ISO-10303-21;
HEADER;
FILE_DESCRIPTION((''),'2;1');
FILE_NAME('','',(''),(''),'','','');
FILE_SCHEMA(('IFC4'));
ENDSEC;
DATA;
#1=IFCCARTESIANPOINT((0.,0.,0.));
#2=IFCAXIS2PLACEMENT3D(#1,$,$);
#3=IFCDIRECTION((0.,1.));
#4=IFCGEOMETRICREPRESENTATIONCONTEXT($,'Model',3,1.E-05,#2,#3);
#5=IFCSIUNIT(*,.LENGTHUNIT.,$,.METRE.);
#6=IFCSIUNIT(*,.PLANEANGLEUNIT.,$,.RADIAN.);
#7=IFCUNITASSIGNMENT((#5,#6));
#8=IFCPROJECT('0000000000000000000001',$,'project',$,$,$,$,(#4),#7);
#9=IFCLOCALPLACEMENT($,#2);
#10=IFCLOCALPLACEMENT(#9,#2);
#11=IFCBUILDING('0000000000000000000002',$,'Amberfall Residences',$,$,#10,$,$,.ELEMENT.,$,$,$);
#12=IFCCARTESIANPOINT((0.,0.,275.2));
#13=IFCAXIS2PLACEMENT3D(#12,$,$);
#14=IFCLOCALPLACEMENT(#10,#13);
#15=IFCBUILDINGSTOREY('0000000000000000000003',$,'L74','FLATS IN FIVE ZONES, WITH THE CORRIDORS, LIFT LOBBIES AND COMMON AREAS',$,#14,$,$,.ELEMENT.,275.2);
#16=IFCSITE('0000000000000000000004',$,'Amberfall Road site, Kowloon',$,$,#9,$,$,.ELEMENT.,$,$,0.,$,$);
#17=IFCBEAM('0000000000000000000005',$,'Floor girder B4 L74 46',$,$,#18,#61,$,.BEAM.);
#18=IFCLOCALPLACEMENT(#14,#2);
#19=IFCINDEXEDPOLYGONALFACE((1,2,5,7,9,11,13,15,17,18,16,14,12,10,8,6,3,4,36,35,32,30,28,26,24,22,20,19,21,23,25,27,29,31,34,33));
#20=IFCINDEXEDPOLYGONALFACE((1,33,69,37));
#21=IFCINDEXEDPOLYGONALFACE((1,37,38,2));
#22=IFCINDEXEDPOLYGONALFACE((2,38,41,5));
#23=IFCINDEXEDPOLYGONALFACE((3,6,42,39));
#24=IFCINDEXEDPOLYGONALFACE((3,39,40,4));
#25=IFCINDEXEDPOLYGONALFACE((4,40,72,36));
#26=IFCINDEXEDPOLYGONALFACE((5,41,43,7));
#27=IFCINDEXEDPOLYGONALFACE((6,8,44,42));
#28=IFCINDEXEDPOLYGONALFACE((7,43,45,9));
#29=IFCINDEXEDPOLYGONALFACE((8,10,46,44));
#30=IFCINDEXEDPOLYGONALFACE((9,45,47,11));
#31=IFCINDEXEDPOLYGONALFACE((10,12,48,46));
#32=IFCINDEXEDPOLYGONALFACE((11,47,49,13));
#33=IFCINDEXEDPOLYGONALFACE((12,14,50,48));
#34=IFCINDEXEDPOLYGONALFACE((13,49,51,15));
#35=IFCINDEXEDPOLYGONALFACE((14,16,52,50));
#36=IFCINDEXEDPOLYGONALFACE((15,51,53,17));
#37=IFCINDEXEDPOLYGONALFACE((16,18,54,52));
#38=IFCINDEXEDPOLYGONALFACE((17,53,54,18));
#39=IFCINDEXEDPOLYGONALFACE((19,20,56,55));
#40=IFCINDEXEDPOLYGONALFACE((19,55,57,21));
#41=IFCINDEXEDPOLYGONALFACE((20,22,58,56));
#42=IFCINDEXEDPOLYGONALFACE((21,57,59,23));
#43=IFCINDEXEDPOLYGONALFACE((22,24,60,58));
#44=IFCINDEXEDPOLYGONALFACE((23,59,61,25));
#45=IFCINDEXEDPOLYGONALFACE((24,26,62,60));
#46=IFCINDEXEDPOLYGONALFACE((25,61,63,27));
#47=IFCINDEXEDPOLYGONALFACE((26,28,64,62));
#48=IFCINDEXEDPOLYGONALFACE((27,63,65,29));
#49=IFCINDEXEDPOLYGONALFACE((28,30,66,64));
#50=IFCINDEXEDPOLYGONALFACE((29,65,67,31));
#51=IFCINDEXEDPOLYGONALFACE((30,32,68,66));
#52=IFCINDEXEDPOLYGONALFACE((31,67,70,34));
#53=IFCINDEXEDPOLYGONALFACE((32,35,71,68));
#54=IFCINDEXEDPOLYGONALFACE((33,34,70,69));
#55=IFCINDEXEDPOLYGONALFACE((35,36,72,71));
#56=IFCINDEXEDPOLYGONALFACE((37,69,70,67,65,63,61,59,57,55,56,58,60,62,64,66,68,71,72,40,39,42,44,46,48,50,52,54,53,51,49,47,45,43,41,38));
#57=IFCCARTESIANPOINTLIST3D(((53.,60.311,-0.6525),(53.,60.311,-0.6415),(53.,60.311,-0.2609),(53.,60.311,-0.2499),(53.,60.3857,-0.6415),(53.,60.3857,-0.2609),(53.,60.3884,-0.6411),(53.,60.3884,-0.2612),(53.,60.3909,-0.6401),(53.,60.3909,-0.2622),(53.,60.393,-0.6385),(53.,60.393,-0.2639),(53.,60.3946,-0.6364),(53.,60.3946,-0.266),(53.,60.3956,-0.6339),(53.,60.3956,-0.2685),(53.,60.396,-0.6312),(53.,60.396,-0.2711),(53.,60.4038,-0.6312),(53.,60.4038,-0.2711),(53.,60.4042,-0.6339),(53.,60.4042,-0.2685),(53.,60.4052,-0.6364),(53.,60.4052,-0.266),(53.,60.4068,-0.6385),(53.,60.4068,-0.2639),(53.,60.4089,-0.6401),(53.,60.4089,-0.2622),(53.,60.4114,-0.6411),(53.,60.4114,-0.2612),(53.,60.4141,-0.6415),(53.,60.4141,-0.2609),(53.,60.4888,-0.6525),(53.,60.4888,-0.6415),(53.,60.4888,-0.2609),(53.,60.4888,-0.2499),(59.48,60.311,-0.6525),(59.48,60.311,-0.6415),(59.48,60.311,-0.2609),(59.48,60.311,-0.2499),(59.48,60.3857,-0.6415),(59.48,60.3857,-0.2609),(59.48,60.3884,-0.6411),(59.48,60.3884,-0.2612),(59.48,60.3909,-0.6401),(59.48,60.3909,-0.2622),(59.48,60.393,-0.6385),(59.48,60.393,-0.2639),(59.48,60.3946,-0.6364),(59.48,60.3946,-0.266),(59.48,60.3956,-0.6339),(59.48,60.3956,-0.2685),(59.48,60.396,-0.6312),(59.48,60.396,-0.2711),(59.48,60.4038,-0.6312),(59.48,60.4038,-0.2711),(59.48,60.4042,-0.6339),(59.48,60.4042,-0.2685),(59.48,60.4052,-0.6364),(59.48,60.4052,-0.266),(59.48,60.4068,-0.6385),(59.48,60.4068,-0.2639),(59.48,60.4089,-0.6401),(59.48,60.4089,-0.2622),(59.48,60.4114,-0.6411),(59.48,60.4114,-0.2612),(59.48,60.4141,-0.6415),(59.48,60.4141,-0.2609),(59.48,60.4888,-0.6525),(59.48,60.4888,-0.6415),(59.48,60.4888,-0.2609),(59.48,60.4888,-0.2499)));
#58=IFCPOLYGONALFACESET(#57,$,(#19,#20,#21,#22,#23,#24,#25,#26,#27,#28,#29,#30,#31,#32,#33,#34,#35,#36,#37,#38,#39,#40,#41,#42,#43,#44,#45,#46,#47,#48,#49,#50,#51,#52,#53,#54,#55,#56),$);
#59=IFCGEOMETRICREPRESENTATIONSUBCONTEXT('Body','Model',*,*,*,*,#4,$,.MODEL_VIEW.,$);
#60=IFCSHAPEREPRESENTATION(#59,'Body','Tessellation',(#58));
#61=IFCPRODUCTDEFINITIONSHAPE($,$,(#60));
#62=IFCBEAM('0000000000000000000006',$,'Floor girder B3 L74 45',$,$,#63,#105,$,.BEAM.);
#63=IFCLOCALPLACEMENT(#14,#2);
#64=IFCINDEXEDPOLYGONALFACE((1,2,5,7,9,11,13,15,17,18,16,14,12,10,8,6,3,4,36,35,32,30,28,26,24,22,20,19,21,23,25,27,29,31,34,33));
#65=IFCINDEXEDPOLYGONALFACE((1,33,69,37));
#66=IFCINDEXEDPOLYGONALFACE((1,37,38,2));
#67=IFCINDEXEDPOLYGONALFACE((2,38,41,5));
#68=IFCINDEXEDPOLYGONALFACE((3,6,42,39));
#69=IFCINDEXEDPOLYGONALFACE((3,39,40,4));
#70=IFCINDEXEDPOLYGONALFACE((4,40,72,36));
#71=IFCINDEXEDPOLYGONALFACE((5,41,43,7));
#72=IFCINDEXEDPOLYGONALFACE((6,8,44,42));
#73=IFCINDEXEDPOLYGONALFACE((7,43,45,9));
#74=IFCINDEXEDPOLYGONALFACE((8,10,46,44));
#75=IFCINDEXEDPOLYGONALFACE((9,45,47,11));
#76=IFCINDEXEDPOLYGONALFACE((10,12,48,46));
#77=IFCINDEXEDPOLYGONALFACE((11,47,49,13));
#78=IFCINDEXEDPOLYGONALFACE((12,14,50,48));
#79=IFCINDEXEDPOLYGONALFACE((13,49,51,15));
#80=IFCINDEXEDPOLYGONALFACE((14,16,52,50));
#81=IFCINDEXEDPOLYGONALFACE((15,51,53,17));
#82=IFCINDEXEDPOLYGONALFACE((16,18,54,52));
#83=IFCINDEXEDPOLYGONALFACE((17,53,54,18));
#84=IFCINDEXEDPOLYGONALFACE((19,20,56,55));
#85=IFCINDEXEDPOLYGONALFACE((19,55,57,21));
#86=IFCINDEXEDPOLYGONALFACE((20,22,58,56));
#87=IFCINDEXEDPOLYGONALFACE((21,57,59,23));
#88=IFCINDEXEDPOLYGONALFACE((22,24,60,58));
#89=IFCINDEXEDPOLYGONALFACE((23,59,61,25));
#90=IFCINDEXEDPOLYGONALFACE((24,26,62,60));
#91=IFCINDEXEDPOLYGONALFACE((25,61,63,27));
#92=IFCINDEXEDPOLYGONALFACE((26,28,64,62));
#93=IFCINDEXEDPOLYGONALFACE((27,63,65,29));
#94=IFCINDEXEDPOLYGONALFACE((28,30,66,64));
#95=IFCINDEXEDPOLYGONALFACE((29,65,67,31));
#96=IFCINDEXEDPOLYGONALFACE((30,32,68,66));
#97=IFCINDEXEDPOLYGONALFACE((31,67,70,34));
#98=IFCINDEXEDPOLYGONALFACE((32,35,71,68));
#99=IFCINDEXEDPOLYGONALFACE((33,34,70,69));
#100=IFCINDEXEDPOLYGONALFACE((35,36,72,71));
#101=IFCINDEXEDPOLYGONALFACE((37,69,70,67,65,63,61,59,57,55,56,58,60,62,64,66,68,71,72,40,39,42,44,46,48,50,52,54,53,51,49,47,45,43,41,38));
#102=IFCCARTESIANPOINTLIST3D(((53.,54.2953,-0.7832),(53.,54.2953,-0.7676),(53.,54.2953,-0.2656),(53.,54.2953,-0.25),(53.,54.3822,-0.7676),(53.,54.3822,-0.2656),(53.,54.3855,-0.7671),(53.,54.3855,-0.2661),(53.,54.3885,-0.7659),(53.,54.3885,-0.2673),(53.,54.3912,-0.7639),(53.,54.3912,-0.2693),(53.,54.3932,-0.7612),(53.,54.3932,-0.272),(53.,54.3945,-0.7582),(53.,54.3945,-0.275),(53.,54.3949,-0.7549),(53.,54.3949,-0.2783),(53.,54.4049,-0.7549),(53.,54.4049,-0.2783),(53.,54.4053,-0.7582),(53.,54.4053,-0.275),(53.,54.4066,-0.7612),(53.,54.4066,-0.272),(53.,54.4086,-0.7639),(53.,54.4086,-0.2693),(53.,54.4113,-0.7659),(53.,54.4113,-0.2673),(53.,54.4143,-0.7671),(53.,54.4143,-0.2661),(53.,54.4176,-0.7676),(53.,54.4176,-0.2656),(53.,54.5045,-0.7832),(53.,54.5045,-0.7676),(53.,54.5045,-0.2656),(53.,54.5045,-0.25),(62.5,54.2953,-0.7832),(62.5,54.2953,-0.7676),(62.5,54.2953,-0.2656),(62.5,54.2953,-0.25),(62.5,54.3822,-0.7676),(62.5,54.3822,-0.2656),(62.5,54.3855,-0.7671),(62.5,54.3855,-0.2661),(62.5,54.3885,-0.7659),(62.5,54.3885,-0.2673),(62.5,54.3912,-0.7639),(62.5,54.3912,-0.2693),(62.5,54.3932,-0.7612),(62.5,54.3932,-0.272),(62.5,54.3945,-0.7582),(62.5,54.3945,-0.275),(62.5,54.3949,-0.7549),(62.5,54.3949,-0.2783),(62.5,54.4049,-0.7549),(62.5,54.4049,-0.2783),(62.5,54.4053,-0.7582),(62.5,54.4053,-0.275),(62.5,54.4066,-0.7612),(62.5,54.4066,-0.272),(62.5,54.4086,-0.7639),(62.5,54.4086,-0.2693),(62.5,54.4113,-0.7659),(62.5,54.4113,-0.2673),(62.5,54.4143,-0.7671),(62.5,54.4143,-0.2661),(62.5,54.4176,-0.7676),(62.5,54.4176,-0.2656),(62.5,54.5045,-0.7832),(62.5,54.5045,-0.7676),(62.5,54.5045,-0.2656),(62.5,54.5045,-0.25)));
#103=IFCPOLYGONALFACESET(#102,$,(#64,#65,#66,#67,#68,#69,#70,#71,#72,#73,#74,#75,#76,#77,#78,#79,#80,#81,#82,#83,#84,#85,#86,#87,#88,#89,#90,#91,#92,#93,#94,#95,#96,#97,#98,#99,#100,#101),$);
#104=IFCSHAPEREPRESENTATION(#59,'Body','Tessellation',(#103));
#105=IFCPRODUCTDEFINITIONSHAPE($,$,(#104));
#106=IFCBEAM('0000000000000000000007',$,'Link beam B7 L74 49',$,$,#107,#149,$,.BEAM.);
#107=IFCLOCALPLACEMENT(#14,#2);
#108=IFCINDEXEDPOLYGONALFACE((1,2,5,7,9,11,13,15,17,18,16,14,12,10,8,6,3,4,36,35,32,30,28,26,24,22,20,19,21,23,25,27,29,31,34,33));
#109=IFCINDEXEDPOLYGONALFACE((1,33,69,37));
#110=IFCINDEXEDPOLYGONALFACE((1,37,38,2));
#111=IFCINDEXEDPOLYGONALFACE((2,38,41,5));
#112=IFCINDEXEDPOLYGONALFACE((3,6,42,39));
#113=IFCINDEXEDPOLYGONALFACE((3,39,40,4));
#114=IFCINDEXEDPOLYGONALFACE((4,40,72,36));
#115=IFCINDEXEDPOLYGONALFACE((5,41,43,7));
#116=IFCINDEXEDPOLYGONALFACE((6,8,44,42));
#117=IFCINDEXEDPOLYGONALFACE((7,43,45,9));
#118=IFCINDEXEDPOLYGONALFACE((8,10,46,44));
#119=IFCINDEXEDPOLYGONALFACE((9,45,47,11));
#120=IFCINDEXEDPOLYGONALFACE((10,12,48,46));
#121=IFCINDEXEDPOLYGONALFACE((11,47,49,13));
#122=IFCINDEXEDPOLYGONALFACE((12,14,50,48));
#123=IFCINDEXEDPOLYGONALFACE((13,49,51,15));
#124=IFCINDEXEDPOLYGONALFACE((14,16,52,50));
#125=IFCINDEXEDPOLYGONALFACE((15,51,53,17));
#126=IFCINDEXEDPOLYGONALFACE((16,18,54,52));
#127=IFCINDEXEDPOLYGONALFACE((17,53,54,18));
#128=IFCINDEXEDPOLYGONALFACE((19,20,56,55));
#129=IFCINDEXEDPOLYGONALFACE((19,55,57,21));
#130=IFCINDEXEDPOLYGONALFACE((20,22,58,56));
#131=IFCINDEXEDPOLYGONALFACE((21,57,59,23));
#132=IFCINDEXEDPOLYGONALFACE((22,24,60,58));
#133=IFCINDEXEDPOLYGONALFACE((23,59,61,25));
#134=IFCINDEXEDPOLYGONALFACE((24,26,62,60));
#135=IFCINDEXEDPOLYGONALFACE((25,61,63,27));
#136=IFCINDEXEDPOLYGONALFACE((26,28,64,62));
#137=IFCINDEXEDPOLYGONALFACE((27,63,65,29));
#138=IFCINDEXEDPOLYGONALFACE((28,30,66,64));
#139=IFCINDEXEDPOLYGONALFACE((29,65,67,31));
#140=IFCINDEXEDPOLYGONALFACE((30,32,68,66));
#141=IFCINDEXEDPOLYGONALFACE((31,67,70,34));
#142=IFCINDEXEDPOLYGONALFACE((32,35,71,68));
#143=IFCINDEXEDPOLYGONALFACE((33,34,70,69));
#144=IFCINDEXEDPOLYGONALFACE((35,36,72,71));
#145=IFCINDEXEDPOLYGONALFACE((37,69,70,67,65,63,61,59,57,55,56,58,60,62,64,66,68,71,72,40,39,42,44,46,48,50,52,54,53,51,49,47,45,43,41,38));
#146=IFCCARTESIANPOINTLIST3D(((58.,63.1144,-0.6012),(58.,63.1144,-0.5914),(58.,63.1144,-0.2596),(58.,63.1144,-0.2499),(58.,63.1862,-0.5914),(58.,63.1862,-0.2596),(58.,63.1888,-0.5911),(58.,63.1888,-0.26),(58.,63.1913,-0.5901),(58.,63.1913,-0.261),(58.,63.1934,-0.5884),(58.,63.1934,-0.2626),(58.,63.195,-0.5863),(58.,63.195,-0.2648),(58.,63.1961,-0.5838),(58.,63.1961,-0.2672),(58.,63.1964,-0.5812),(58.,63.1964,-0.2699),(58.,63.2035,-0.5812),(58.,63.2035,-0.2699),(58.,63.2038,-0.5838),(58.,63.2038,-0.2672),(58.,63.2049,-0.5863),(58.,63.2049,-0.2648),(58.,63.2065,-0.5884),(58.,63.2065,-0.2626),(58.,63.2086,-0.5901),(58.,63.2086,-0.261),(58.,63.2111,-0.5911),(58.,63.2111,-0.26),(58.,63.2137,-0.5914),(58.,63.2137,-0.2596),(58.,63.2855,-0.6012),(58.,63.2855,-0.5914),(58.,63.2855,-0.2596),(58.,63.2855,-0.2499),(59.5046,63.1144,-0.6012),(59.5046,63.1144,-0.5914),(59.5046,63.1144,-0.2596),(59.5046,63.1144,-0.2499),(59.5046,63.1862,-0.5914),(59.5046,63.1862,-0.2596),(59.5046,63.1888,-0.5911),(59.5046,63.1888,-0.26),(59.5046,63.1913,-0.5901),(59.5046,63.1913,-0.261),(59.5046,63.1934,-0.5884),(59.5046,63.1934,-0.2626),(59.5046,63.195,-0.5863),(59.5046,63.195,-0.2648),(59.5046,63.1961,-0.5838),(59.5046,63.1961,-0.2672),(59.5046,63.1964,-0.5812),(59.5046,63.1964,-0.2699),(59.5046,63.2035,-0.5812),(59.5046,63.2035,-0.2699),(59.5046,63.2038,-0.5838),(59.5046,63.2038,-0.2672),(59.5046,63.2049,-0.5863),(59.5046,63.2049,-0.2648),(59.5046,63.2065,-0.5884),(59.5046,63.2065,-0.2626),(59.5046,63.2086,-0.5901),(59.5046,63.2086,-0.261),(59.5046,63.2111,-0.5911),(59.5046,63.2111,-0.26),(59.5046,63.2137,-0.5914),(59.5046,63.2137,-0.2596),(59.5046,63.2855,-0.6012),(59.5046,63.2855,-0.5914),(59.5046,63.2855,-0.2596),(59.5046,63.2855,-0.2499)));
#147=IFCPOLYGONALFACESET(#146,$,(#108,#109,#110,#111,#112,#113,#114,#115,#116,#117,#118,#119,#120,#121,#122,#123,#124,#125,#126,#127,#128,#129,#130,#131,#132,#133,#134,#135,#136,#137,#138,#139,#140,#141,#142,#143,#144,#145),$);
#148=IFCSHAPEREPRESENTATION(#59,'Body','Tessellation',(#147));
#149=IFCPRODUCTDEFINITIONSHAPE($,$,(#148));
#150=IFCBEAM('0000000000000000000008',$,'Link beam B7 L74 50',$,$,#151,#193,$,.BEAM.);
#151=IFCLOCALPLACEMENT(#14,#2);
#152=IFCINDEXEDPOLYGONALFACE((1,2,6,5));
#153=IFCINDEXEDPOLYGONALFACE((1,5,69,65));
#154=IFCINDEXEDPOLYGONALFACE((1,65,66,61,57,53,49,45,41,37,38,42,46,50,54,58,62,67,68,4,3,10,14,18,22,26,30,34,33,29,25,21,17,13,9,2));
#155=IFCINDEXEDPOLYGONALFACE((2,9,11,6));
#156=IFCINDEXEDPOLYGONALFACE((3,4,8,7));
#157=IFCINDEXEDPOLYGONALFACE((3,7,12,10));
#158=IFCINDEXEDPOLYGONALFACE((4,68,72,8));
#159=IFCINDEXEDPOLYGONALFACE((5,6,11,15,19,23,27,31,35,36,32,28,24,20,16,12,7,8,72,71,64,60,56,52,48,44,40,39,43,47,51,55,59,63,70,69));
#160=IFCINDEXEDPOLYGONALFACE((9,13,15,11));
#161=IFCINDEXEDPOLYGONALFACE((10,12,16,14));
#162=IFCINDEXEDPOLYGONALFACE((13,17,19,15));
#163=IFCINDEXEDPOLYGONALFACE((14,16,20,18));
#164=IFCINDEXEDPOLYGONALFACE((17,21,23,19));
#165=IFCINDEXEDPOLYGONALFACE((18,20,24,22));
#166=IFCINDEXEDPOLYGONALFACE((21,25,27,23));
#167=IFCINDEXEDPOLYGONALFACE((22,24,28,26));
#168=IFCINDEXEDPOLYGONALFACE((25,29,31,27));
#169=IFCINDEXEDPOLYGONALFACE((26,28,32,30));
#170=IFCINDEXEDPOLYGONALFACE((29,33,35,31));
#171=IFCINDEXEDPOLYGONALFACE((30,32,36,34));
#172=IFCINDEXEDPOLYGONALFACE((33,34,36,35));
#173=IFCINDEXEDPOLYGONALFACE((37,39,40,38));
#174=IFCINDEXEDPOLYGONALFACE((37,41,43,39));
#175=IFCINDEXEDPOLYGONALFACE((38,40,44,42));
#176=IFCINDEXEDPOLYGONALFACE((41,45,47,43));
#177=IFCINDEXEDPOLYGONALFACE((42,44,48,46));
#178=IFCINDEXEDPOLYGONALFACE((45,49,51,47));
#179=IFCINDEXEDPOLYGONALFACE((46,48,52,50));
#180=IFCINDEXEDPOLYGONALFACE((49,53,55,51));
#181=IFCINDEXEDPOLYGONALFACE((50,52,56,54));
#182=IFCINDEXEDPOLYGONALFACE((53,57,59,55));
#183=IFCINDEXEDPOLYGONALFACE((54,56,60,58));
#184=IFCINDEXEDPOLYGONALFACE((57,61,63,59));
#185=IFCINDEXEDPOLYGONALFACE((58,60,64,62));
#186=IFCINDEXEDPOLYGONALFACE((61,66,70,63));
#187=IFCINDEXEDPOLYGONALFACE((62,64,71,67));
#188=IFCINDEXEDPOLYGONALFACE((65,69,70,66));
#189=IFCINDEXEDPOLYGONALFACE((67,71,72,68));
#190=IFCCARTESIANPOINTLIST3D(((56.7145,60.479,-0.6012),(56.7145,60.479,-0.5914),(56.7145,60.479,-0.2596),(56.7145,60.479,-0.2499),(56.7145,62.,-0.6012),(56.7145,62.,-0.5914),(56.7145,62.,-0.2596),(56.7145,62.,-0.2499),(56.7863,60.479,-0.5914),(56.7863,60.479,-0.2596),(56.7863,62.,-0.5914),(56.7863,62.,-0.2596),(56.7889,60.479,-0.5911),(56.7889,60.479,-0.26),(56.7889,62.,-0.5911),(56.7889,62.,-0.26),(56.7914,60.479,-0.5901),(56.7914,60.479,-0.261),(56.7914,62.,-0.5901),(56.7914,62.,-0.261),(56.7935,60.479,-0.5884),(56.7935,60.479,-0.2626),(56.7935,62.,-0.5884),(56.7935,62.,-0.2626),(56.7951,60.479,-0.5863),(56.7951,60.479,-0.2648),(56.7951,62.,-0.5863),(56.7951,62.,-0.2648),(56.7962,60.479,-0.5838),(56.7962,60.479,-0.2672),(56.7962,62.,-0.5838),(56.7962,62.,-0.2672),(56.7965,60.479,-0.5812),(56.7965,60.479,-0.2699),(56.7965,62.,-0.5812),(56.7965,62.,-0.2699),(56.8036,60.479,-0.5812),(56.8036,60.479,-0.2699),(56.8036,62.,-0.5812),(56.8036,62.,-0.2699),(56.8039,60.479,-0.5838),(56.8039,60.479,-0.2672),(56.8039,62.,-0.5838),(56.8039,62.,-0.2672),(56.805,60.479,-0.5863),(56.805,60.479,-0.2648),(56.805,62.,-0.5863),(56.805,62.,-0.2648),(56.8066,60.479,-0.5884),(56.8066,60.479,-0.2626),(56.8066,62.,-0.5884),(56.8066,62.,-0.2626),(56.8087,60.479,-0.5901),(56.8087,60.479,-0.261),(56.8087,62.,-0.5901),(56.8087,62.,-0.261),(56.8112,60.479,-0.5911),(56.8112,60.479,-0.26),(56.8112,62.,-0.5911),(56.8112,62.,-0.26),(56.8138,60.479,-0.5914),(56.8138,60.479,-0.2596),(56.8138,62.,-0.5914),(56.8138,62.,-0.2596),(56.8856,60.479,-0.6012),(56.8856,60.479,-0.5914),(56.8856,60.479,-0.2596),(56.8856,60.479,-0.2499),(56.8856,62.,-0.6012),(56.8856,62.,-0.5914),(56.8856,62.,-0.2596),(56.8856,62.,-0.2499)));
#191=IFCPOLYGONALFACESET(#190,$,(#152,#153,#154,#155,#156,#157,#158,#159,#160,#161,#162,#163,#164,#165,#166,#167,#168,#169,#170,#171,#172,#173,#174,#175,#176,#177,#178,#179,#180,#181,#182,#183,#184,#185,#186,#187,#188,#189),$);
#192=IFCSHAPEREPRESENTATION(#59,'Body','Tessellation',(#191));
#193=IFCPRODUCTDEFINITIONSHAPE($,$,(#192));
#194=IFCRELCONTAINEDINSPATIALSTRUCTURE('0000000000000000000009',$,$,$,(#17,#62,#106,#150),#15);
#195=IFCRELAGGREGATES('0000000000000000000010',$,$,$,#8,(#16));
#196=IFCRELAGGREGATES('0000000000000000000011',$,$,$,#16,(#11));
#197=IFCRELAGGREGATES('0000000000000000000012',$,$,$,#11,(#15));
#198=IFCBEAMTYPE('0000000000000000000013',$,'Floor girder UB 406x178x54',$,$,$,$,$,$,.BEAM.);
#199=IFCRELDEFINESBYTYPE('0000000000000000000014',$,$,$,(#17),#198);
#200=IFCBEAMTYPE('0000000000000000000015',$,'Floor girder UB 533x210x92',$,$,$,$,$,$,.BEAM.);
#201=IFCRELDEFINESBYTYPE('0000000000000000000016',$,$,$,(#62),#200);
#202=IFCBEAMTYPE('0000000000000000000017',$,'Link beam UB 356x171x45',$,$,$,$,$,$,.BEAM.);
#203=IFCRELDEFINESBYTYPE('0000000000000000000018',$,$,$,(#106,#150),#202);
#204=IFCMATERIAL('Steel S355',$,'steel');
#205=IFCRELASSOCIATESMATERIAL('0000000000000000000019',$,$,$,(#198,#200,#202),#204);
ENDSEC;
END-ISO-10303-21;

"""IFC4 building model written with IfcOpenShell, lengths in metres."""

from ifc_helpers import new_model, si_unit, direction, frame, origin, origin_2d, place, context, subcontext, project, spatial, i_section, extrude, material, material_profile, profile_set, type_object, element, save


model = new_model("IFC4")

# Units and contexts
model_context = context("Model", 3, precision=1e-05, world=origin(), true_north=direction((0.0, 1.0)))
body_context = subcontext(model_context, "Body", "Model", "MODEL_VIEW")
ifc_project = project(units=[si_unit("LENGTHUNIT", "METRE"), si_unit("PLANEANGLEUNIT", "RADIAN")], contexts=[model_context])

# Site, building, storey
site_placement = place(None, origin())
site = spatial("IfcSite", under=ifc_project, at=site_placement, Name="Amberfall Road site, Kowloon", CompositionType="ELEMENT", RefElevation=0.0)
building_placement = place(site_placement, origin())
building = spatial("IfcBuilding", under=site, at=building_placement, Name="Amberfall Residences", CompositionType="ELEMENT")
storey_placement = place(building_placement, frame((0.0, 0.0, 275.2)))
storey = spatial("IfcBuildingStorey", under=building, at=storey_placement, Name="L74", Description="FLATS IN FIVE ZONES, WITH THE CORRIDORS, LIFT LOBBIES AND COMMON AREAS", CompositionType="ELEMENT", Elevation=275.2)

# Shared definitions
ifc_material_1 = material(Name="Steel S355", Category="steel")

# Beams
ifc_material_profile_1 = material_profile(ifc_material_1, i_section(OverallWidth=0.1777, OverallDepth=0.4026, WebThickness=0.0078, FlangeThickness=0.011, FilletRadius=0.0103, at=origin_2d()), Name="UB 406x178x54")
ifc_profile_set_1 = profile_set([ifc_material_profile_1], Name="Steel S355")
beam_type_1 = type_object("IfcBeamType", Name="Floor girder UB 406x178x54", PredefinedType="BEAM", material=ifc_profile_set_1)
beam_1_placement = place(storey_placement, frame((53.0, 60.3999, -0.4512), z_axis=(1.0, 0.0, 0.0), x_axis=(0.0, 1.0, 0.0)))
element("IfcBeam", 1, at=beam_1_placement, inside=storey, type_object=beam_type_1, Name="Floor girder B4 L74 46", PredefinedType="BEAM", context=body_context, shape_type="SweptSolid", body=[
    extrude(i_section(OverallWidth=0.1777, OverallDepth=0.4026, WebThickness=0.0078, FlangeThickness=0.011, FilletRadius=0.0103, at=origin_2d()), origin(), (0.0, 0.0, 1.0), 6.48),
])
ifc_material_profile_2 = material_profile(ifc_material_1, i_section(OverallWidth=0.2092, OverallDepth=0.5332, WebThickness=0.01, FlangeThickness=0.0156, FilletRadius=0.0127, at=origin_2d()), Name="UB 533x210x92")
ifc_profile_set_2 = profile_set([ifc_material_profile_2], Name="Steel S355")
beam_type_2 = type_object("IfcBeamType", Name="Floor girder UB 533x210x92", PredefinedType="BEAM", material=ifc_profile_set_2)
beam_2_placement = place(storey_placement, frame((53.0, 54.3999, -0.5166), z_axis=(1.0, 0.0, 0.0), x_axis=(0.0, 1.0, 0.0)))
element("IfcBeam", 2, at=beam_2_placement, inside=storey, type_object=beam_type_2, Name="Floor girder B3 L74 45", PredefinedType="BEAM", context=body_context, shape_type="SweptSolid", body=[
    extrude(i_section(OverallWidth=0.2092, OverallDepth=0.5332, WebThickness=0.01, FlangeThickness=0.0156, FilletRadius=0.0127, at=origin_2d()), origin(), (0.0, 0.0, 1.0), 9.5),
])
ifc_material_profile_3 = material_profile(ifc_material_1, i_section(OverallWidth=0.1711, OverallDepth=0.3513, WebThickness=0.0071, FlangeThickness=0.0098, FilletRadius=0.0103, at=origin_2d()), Name="UB 356x171x45")
ifc_profile_set_3 = profile_set([ifc_material_profile_3], Name="Steel S355")
beam_type_3 = type_object("IfcBeamType", Name="Link beam UB 356x171x45", PredefinedType="BEAM", material=ifc_profile_set_3)
beam_3_placement = place(storey_placement, frame((58.0, 63.2, -0.4255), z_axis=(1.0, 0.0, 0.0), x_axis=(0.0, 1.0, 0.0)))
element("IfcBeam", 3, at=beam_3_placement, inside=storey, type_object=beam_type_3, Name="Link beam B7 L74 49", PredefinedType="BEAM", context=body_context, shape_type="SweptSolid", body=[
    extrude(i_section(OverallWidth=0.1711, OverallDepth=0.3513, WebThickness=0.0071, FlangeThickness=0.0098, FilletRadius=0.0103, at=origin_2d()), origin(), (0.0, 0.0, 1.0), 1.5046),
])
beam_4_placement = place(storey_placement, frame((56.8, 62.0, -0.4255), z_axis=(0.0, -1.0, 0.0), x_axis=(1.0, 0.0, 0.0)))
element("IfcBeam", 4, at=beam_4_placement, inside=storey, type_object=beam_type_3, Name="Link beam B7 L74 50", PredefinedType="BEAM", context=body_context, shape_type="SweptSolid", body=[
    extrude(i_section(OverallWidth=0.1711, OverallDepth=0.3513, WebThickness=0.0071, FlangeThickness=0.0098, FilletRadius=0.0103, at=origin_2d()), origin(), (0.0, 0.0, 1.0), 1.521),
])

save(model, "model.ifc")
